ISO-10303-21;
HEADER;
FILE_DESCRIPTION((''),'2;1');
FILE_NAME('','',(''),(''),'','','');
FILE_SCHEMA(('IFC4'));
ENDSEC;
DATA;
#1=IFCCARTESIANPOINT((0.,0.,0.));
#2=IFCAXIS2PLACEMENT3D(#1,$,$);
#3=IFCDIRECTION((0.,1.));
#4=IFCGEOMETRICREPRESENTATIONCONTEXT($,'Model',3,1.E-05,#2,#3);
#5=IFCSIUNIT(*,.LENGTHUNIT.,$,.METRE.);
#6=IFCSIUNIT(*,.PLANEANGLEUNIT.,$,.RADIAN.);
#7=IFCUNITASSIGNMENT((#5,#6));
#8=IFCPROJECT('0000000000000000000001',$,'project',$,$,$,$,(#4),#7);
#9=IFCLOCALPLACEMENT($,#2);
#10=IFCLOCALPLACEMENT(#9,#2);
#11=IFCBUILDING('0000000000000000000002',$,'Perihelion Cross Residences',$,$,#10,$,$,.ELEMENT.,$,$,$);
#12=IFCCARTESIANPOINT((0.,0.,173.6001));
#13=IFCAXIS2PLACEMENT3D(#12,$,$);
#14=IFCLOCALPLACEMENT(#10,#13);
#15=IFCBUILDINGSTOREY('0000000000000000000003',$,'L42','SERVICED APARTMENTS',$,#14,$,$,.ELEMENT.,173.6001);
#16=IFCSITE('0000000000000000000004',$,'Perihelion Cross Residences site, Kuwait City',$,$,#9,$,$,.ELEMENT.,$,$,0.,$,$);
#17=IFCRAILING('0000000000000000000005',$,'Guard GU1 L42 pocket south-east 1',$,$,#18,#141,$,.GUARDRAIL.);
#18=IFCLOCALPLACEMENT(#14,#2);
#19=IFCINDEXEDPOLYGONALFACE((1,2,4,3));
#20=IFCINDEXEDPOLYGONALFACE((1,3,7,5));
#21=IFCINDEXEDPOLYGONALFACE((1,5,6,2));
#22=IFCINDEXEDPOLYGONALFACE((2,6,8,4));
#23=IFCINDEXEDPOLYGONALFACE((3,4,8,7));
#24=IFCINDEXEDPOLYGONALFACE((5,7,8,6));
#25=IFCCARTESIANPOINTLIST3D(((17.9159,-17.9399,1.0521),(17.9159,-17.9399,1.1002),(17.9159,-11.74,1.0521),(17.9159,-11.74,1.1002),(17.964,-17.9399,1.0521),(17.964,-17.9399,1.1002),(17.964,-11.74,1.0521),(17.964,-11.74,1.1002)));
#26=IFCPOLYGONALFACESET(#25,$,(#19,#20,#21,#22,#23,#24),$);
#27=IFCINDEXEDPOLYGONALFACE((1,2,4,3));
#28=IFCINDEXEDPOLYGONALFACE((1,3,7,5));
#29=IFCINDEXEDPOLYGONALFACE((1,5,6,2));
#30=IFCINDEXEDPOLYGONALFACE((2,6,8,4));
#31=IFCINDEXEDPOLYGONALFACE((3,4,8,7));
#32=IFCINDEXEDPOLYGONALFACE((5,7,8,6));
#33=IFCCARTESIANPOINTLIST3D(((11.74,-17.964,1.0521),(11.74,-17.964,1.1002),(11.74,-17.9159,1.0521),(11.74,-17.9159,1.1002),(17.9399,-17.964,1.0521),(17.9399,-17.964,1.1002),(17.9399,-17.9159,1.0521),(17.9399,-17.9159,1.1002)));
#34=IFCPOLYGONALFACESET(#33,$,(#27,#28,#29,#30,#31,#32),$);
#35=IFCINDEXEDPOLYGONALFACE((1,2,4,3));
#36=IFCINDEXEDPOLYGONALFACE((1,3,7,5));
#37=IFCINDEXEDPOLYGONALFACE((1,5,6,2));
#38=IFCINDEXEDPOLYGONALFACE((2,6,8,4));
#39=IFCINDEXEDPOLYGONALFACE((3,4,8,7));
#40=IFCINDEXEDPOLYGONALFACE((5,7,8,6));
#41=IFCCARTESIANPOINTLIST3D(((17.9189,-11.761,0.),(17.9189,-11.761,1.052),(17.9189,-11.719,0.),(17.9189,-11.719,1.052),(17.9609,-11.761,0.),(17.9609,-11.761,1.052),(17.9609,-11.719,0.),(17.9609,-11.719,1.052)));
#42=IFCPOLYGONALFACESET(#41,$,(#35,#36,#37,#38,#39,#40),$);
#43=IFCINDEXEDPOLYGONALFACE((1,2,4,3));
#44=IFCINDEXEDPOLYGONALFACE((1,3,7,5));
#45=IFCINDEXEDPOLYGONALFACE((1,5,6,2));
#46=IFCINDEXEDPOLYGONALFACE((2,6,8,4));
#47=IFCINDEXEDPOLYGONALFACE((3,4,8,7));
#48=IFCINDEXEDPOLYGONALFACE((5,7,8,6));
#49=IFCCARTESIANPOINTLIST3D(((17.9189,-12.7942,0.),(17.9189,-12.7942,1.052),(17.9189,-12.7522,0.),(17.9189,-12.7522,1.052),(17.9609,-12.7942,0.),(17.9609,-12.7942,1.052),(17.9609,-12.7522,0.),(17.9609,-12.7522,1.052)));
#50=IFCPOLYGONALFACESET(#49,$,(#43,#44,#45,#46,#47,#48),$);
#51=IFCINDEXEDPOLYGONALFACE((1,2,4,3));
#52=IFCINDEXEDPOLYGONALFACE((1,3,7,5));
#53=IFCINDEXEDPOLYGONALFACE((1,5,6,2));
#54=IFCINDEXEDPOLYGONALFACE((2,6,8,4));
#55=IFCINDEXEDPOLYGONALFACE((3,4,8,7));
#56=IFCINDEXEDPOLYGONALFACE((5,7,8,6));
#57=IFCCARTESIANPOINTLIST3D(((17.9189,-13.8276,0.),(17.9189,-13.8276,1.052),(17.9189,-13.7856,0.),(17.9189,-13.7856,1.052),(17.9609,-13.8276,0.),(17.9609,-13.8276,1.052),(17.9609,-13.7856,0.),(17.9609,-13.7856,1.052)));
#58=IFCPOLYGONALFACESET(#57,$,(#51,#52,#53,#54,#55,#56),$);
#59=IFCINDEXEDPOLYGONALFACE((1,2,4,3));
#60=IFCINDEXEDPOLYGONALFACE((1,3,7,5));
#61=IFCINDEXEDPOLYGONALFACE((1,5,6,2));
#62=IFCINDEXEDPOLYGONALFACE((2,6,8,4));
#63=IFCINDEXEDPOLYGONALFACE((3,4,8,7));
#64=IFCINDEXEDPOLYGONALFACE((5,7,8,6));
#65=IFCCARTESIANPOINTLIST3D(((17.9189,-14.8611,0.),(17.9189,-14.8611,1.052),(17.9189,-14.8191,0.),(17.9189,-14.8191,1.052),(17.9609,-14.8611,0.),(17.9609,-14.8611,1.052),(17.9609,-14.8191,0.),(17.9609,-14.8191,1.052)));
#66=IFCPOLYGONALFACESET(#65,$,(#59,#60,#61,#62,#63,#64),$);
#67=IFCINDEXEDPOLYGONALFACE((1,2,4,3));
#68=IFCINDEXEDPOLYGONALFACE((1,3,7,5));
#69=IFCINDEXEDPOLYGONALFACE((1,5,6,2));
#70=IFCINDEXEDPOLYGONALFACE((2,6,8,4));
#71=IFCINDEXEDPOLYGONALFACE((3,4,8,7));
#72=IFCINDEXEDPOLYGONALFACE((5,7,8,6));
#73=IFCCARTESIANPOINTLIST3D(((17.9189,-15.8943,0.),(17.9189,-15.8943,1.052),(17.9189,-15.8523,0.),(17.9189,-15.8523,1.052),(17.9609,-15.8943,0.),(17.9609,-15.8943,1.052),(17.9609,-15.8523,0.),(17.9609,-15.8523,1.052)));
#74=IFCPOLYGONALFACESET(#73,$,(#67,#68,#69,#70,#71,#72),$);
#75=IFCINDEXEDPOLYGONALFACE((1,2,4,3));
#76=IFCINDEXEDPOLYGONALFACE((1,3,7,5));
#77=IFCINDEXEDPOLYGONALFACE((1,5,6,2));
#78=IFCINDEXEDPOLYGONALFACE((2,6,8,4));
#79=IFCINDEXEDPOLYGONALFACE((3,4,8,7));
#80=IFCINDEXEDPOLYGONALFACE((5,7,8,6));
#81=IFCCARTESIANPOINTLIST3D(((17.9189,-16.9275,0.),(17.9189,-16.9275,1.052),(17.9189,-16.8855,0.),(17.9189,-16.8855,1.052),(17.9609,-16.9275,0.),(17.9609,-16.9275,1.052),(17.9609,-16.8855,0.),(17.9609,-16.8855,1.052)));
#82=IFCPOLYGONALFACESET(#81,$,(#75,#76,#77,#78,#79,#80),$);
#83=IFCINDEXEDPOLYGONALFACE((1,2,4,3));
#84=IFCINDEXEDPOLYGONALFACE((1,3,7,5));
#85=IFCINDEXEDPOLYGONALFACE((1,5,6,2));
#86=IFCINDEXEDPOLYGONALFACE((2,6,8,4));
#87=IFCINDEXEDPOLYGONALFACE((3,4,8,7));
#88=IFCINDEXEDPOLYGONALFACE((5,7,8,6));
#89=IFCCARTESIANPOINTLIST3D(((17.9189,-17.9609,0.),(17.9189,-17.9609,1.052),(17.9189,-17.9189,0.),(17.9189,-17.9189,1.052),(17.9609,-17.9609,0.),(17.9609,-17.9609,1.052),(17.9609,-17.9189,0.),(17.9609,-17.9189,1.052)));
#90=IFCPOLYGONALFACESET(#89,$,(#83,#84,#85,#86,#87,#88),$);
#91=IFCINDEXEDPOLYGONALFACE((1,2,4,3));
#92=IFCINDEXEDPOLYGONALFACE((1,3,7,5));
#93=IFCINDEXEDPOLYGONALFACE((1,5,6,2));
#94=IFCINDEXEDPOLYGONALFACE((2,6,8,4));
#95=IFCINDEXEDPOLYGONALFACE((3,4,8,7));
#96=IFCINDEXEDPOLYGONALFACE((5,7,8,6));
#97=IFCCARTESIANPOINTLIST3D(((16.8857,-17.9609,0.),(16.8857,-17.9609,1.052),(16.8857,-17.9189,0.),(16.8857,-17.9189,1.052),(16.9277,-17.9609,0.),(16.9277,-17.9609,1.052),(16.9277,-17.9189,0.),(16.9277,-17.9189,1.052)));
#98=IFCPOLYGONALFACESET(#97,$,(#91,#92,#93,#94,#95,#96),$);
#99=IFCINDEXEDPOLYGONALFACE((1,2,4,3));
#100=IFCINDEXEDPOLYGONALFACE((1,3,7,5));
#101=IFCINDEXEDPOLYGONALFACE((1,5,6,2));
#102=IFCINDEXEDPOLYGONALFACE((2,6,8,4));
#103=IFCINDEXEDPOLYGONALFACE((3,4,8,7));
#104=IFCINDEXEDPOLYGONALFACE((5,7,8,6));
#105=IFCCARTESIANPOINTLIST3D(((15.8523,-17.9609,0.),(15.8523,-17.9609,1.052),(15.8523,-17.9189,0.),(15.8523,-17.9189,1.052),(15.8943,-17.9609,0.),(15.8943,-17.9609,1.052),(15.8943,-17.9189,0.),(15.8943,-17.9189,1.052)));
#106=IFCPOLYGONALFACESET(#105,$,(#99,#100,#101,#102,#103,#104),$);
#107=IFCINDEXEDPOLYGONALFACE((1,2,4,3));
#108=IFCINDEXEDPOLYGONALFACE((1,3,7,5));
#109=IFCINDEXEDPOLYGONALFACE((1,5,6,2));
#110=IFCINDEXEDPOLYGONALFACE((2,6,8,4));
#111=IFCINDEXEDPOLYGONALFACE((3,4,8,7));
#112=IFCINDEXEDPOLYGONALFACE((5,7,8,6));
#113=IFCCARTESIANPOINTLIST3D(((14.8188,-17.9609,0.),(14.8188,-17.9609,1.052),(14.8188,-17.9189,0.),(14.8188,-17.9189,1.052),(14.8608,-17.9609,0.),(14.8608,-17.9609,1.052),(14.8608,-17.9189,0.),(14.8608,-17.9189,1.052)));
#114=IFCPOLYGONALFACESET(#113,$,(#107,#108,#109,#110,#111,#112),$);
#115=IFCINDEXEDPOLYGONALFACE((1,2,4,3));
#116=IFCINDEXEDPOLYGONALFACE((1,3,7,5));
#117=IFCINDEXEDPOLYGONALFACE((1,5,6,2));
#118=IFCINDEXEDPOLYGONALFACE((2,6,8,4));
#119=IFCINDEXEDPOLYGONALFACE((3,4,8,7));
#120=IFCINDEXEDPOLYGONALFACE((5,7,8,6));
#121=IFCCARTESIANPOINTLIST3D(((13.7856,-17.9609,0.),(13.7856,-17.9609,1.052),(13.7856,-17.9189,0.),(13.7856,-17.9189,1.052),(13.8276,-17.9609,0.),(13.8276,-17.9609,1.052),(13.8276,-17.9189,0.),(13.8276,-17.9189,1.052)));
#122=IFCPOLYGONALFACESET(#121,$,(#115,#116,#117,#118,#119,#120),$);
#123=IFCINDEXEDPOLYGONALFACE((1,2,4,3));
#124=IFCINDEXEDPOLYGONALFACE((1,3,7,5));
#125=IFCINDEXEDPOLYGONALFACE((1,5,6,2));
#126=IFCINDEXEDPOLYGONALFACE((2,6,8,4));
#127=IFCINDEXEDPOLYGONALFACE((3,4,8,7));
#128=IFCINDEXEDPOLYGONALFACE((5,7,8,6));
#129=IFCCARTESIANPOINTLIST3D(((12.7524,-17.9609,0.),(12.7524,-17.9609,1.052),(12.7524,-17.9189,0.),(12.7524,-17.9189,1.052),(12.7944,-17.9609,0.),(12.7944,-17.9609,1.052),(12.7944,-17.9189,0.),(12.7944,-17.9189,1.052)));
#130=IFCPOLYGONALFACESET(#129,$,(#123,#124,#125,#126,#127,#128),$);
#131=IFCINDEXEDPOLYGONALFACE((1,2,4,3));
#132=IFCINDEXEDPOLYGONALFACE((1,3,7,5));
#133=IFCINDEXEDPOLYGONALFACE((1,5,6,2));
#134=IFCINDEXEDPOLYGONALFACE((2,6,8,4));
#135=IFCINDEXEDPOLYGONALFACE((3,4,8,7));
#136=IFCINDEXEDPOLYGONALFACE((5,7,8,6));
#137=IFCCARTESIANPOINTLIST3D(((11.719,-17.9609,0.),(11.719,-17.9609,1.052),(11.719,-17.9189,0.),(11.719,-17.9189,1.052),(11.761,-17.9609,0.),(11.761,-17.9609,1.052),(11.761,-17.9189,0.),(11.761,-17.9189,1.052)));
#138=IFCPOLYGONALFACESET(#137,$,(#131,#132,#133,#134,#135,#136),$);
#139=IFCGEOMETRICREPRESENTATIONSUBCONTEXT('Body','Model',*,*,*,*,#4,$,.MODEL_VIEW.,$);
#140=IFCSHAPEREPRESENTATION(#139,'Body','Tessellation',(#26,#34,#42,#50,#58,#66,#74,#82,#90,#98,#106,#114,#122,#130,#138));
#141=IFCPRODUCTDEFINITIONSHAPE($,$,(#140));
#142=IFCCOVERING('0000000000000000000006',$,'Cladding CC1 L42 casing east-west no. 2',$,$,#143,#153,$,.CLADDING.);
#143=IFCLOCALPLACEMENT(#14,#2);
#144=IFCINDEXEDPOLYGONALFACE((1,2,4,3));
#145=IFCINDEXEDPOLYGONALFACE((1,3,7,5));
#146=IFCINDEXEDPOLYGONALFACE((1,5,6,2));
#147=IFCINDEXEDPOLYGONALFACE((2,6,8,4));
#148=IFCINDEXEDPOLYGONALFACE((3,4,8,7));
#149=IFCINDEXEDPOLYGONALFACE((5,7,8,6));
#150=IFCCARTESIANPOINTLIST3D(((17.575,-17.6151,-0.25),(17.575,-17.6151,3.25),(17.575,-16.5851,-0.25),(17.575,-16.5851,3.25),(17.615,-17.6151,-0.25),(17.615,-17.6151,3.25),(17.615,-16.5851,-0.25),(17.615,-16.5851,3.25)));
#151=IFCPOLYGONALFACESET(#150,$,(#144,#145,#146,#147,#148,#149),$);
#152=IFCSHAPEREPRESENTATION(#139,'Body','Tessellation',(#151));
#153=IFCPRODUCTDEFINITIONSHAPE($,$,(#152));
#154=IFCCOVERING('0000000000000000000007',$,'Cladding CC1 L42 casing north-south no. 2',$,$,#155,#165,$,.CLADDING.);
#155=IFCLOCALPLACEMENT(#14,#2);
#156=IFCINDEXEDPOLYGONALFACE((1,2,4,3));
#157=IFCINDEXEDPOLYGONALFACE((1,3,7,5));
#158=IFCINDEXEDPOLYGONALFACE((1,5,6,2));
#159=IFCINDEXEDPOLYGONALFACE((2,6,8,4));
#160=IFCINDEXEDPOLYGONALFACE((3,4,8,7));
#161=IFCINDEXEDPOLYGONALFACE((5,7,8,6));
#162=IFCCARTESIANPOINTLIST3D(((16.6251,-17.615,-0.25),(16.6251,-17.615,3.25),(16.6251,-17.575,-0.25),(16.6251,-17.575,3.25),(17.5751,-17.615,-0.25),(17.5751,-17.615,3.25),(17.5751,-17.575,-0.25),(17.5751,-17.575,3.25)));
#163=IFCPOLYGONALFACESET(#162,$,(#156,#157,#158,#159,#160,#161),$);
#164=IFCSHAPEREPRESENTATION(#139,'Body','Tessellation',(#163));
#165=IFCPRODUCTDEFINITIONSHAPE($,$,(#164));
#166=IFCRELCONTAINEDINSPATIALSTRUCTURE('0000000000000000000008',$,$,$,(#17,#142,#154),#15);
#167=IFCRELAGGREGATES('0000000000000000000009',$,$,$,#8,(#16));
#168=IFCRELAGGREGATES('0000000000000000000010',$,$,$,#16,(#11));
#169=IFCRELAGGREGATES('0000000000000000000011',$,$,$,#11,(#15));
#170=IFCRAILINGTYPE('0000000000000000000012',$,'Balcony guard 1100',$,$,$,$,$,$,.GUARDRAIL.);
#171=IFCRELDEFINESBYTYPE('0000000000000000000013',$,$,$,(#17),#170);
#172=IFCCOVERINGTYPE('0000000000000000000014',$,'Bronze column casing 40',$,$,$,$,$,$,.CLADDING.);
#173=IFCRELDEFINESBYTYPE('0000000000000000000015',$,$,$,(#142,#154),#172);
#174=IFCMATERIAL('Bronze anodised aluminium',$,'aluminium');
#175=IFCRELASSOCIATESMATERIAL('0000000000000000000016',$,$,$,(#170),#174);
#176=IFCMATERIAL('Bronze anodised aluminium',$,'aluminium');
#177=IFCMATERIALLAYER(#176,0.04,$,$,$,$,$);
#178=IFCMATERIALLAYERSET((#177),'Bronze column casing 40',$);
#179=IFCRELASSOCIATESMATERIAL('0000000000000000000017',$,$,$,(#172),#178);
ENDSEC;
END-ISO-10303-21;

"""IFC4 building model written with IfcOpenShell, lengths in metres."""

from ifc_helpers import new_model, si_unit, direction, frame, origin, origin_2d, place, context, subcontext, project, spatial, rectangle, extrude, material, layer, layer_set, type_object, element, save


model = new_model("IFC4")

# Units and contexts
model_context = context("Model", 3, precision=1e-05, world=origin(), true_north=direction((0.0, 1.0)))
body_context = subcontext(model_context, "Body", "Model", "MODEL_VIEW")
ifc_project = project(units=[si_unit("LENGTHUNIT", "METRE"), si_unit("PLANEANGLEUNIT", "RADIAN")], contexts=[model_context])

# Site, building, storey
site_placement = place(None, origin())
site = spatial("IfcSite", under=ifc_project, at=site_placement, Name="Perihelion Cross Residences site, Kuwait City", CompositionType="ELEMENT", RefElevation=0.0)
building_placement = place(site_placement, origin())
building = spatial("IfcBuilding", under=site, at=building_placement, Name="Perihelion Cross Residences", CompositionType="ELEMENT")
storey_placement = place(building_placement, frame((0.0, 0.0, 173.6001)))
storey = spatial("IfcBuildingStorey", under=building, at=storey_placement, Name="L42", Description="SERVICED APARTMENTS", CompositionType="ELEMENT", Elevation=173.6001)

# Railing
ifc_material_1 = material(Name="Bronze anodised aluminium", Category="aluminium")
railing_type = type_object("IfcRailingType", Name="Balcony guard 1100", PredefinedType="GUARDRAIL", material=ifc_material_1)
railing_1_placement = place(storey_placement, frame((17.9399, -11.74, 0.0)))
element("IfcRailing", 1, at=railing_1_placement, inside=storey, type_object=railing_type, Name="Guard GU1 L42 pocket south-east 1", PredefinedType="GUARDRAIL", context=body_context, shape_type="SweptSolid", body=[
    extrude(rectangle(XDim=0.0481, YDim=0.0481, at=origin_2d()), frame((0.0, 0.0, 1.0762), z_axis=(0.0, -1.0, 0.0), x_axis=(1.0, 0.0, 0.0)), (0.0, 0.0, 1.0), 6.2),
    extrude(rectangle(XDim=0.0481, YDim=0.0481, at=origin_2d()), frame((0.0, -6.2, 1.0762), z_axis=(-1.0, 0.0, 0.0), x_axis=(0.0, -1.0, 0.0)), (0.0, 0.0, 1.0), 6.2),
    extrude(rectangle(XDim=0.042, YDim=0.042, at=origin_2d()), origin(), (0.0, 0.0, 1.0), 1.052),
    extrude(rectangle(XDim=0.042, YDim=0.042, at=origin_2d()), frame((0.0, -1.0332, 0.0)), (0.0, 0.0, 1.0), 1.052),
    extrude(rectangle(XDim=0.042, YDim=0.042, at=origin_2d()), frame((0.0, -2.0667, 0.0)), (0.0, 0.0, 1.0), 1.052),
    extrude(rectangle(XDim=0.042, YDim=0.042, at=origin_2d()), frame((0.0, -3.1001, 0.0)), (0.0, 0.0, 1.0), 1.052),
    extrude(rectangle(XDim=0.042, YDim=0.042, at=origin_2d()), frame((0.0, -4.1333, 0.0)), (0.0, 0.0, 1.0), 1.052),
    extrude(rectangle(XDim=0.042, YDim=0.042, at=origin_2d()), frame((0.0, -5.1665, 0.0)), (0.0, 0.0, 1.0), 1.052),
    extrude(rectangle(XDim=0.042, YDim=0.042, at=origin_2d()), frame((0.0, -6.2, 0.0)), (0.0, 0.0, 1.0), 1.052),
    extrude(rectangle(XDim=0.042, YDim=0.042, at=origin_2d()), frame((-1.0332, -6.2, 0.0)), (0.0, 0.0, 1.0), 1.052),
    extrude(rectangle(XDim=0.042, YDim=0.042, at=origin_2d()), frame((-2.0667, -6.2, 0.0)), (0.0, 0.0, 1.0), 1.052),
    extrude(rectangle(XDim=0.042, YDim=0.042, at=origin_2d()), frame((-3.1001, -6.2, 0.0)), (0.0, 0.0, 1.0), 1.052),
    extrude(rectangle(XDim=0.042, YDim=0.042, at=origin_2d()), frame((-4.1333, -6.2, 0.0)), (0.0, 0.0, 1.0), 1.052),
    extrude(rectangle(XDim=0.042, YDim=0.042, at=origin_2d()), frame((-5.1665, -6.2, 0.0)), (0.0, 0.0, 1.0), 1.052),
    extrude(rectangle(XDim=0.042, YDim=0.042, at=origin_2d()), frame((-6.2, -6.2, 0.0)), (0.0, 0.0, 1.0), 1.052),
])

# Coverings
ifc_material_2 = material(Name="Bronze anodised aluminium", Category="aluminium")
ifc_layer_1 = layer(ifc_material_2, 0.04)
ifc_layer_set_1 = layer_set([ifc_layer_1], Name="Bronze column casing 40")
covering_type = type_object("IfcCoveringType", Name="Bronze column casing 40", PredefinedType="CLADDING", material=ifc_layer_set_1)
covering_1_placement = place(storey_placement, frame((17.595, -17.1001, -0.25), z_axis=(0.0, 0.0, 1.0), x_axis=(1.0, 0.0, 0.0)))
element("IfcCovering", 2, at=covering_1_placement, inside=storey, type_object=covering_type, Name="Cladding CC1 L42 casing east-west no. 2", PredefinedType="CLADDING", context=body_context, shape_type="SweptSolid", body=[
    extrude(rectangle(XDim=0.04, YDim=1.03, at=origin_2d()), origin(), (0.0, 0.0, 1.0), 3.5),
])
covering_2_placement = place(storey_placement, frame((17.1001, -17.595, -0.25), z_axis=(0.0, 0.0, 1.0), x_axis=(1.0, 0.0, 0.0)))
element("IfcCovering", 3, at=covering_2_placement, inside=storey, type_object=covering_type, Name="Cladding CC1 L42 casing north-south no. 2", PredefinedType="CLADDING", context=body_context, shape_type="SweptSolid", body=[
    extrude(rectangle(XDim=0.95, YDim=0.04, at=origin_2d()), origin(), (0.0, 0.0, 1.0), 3.5),
])

save(model, "model.ifc")
